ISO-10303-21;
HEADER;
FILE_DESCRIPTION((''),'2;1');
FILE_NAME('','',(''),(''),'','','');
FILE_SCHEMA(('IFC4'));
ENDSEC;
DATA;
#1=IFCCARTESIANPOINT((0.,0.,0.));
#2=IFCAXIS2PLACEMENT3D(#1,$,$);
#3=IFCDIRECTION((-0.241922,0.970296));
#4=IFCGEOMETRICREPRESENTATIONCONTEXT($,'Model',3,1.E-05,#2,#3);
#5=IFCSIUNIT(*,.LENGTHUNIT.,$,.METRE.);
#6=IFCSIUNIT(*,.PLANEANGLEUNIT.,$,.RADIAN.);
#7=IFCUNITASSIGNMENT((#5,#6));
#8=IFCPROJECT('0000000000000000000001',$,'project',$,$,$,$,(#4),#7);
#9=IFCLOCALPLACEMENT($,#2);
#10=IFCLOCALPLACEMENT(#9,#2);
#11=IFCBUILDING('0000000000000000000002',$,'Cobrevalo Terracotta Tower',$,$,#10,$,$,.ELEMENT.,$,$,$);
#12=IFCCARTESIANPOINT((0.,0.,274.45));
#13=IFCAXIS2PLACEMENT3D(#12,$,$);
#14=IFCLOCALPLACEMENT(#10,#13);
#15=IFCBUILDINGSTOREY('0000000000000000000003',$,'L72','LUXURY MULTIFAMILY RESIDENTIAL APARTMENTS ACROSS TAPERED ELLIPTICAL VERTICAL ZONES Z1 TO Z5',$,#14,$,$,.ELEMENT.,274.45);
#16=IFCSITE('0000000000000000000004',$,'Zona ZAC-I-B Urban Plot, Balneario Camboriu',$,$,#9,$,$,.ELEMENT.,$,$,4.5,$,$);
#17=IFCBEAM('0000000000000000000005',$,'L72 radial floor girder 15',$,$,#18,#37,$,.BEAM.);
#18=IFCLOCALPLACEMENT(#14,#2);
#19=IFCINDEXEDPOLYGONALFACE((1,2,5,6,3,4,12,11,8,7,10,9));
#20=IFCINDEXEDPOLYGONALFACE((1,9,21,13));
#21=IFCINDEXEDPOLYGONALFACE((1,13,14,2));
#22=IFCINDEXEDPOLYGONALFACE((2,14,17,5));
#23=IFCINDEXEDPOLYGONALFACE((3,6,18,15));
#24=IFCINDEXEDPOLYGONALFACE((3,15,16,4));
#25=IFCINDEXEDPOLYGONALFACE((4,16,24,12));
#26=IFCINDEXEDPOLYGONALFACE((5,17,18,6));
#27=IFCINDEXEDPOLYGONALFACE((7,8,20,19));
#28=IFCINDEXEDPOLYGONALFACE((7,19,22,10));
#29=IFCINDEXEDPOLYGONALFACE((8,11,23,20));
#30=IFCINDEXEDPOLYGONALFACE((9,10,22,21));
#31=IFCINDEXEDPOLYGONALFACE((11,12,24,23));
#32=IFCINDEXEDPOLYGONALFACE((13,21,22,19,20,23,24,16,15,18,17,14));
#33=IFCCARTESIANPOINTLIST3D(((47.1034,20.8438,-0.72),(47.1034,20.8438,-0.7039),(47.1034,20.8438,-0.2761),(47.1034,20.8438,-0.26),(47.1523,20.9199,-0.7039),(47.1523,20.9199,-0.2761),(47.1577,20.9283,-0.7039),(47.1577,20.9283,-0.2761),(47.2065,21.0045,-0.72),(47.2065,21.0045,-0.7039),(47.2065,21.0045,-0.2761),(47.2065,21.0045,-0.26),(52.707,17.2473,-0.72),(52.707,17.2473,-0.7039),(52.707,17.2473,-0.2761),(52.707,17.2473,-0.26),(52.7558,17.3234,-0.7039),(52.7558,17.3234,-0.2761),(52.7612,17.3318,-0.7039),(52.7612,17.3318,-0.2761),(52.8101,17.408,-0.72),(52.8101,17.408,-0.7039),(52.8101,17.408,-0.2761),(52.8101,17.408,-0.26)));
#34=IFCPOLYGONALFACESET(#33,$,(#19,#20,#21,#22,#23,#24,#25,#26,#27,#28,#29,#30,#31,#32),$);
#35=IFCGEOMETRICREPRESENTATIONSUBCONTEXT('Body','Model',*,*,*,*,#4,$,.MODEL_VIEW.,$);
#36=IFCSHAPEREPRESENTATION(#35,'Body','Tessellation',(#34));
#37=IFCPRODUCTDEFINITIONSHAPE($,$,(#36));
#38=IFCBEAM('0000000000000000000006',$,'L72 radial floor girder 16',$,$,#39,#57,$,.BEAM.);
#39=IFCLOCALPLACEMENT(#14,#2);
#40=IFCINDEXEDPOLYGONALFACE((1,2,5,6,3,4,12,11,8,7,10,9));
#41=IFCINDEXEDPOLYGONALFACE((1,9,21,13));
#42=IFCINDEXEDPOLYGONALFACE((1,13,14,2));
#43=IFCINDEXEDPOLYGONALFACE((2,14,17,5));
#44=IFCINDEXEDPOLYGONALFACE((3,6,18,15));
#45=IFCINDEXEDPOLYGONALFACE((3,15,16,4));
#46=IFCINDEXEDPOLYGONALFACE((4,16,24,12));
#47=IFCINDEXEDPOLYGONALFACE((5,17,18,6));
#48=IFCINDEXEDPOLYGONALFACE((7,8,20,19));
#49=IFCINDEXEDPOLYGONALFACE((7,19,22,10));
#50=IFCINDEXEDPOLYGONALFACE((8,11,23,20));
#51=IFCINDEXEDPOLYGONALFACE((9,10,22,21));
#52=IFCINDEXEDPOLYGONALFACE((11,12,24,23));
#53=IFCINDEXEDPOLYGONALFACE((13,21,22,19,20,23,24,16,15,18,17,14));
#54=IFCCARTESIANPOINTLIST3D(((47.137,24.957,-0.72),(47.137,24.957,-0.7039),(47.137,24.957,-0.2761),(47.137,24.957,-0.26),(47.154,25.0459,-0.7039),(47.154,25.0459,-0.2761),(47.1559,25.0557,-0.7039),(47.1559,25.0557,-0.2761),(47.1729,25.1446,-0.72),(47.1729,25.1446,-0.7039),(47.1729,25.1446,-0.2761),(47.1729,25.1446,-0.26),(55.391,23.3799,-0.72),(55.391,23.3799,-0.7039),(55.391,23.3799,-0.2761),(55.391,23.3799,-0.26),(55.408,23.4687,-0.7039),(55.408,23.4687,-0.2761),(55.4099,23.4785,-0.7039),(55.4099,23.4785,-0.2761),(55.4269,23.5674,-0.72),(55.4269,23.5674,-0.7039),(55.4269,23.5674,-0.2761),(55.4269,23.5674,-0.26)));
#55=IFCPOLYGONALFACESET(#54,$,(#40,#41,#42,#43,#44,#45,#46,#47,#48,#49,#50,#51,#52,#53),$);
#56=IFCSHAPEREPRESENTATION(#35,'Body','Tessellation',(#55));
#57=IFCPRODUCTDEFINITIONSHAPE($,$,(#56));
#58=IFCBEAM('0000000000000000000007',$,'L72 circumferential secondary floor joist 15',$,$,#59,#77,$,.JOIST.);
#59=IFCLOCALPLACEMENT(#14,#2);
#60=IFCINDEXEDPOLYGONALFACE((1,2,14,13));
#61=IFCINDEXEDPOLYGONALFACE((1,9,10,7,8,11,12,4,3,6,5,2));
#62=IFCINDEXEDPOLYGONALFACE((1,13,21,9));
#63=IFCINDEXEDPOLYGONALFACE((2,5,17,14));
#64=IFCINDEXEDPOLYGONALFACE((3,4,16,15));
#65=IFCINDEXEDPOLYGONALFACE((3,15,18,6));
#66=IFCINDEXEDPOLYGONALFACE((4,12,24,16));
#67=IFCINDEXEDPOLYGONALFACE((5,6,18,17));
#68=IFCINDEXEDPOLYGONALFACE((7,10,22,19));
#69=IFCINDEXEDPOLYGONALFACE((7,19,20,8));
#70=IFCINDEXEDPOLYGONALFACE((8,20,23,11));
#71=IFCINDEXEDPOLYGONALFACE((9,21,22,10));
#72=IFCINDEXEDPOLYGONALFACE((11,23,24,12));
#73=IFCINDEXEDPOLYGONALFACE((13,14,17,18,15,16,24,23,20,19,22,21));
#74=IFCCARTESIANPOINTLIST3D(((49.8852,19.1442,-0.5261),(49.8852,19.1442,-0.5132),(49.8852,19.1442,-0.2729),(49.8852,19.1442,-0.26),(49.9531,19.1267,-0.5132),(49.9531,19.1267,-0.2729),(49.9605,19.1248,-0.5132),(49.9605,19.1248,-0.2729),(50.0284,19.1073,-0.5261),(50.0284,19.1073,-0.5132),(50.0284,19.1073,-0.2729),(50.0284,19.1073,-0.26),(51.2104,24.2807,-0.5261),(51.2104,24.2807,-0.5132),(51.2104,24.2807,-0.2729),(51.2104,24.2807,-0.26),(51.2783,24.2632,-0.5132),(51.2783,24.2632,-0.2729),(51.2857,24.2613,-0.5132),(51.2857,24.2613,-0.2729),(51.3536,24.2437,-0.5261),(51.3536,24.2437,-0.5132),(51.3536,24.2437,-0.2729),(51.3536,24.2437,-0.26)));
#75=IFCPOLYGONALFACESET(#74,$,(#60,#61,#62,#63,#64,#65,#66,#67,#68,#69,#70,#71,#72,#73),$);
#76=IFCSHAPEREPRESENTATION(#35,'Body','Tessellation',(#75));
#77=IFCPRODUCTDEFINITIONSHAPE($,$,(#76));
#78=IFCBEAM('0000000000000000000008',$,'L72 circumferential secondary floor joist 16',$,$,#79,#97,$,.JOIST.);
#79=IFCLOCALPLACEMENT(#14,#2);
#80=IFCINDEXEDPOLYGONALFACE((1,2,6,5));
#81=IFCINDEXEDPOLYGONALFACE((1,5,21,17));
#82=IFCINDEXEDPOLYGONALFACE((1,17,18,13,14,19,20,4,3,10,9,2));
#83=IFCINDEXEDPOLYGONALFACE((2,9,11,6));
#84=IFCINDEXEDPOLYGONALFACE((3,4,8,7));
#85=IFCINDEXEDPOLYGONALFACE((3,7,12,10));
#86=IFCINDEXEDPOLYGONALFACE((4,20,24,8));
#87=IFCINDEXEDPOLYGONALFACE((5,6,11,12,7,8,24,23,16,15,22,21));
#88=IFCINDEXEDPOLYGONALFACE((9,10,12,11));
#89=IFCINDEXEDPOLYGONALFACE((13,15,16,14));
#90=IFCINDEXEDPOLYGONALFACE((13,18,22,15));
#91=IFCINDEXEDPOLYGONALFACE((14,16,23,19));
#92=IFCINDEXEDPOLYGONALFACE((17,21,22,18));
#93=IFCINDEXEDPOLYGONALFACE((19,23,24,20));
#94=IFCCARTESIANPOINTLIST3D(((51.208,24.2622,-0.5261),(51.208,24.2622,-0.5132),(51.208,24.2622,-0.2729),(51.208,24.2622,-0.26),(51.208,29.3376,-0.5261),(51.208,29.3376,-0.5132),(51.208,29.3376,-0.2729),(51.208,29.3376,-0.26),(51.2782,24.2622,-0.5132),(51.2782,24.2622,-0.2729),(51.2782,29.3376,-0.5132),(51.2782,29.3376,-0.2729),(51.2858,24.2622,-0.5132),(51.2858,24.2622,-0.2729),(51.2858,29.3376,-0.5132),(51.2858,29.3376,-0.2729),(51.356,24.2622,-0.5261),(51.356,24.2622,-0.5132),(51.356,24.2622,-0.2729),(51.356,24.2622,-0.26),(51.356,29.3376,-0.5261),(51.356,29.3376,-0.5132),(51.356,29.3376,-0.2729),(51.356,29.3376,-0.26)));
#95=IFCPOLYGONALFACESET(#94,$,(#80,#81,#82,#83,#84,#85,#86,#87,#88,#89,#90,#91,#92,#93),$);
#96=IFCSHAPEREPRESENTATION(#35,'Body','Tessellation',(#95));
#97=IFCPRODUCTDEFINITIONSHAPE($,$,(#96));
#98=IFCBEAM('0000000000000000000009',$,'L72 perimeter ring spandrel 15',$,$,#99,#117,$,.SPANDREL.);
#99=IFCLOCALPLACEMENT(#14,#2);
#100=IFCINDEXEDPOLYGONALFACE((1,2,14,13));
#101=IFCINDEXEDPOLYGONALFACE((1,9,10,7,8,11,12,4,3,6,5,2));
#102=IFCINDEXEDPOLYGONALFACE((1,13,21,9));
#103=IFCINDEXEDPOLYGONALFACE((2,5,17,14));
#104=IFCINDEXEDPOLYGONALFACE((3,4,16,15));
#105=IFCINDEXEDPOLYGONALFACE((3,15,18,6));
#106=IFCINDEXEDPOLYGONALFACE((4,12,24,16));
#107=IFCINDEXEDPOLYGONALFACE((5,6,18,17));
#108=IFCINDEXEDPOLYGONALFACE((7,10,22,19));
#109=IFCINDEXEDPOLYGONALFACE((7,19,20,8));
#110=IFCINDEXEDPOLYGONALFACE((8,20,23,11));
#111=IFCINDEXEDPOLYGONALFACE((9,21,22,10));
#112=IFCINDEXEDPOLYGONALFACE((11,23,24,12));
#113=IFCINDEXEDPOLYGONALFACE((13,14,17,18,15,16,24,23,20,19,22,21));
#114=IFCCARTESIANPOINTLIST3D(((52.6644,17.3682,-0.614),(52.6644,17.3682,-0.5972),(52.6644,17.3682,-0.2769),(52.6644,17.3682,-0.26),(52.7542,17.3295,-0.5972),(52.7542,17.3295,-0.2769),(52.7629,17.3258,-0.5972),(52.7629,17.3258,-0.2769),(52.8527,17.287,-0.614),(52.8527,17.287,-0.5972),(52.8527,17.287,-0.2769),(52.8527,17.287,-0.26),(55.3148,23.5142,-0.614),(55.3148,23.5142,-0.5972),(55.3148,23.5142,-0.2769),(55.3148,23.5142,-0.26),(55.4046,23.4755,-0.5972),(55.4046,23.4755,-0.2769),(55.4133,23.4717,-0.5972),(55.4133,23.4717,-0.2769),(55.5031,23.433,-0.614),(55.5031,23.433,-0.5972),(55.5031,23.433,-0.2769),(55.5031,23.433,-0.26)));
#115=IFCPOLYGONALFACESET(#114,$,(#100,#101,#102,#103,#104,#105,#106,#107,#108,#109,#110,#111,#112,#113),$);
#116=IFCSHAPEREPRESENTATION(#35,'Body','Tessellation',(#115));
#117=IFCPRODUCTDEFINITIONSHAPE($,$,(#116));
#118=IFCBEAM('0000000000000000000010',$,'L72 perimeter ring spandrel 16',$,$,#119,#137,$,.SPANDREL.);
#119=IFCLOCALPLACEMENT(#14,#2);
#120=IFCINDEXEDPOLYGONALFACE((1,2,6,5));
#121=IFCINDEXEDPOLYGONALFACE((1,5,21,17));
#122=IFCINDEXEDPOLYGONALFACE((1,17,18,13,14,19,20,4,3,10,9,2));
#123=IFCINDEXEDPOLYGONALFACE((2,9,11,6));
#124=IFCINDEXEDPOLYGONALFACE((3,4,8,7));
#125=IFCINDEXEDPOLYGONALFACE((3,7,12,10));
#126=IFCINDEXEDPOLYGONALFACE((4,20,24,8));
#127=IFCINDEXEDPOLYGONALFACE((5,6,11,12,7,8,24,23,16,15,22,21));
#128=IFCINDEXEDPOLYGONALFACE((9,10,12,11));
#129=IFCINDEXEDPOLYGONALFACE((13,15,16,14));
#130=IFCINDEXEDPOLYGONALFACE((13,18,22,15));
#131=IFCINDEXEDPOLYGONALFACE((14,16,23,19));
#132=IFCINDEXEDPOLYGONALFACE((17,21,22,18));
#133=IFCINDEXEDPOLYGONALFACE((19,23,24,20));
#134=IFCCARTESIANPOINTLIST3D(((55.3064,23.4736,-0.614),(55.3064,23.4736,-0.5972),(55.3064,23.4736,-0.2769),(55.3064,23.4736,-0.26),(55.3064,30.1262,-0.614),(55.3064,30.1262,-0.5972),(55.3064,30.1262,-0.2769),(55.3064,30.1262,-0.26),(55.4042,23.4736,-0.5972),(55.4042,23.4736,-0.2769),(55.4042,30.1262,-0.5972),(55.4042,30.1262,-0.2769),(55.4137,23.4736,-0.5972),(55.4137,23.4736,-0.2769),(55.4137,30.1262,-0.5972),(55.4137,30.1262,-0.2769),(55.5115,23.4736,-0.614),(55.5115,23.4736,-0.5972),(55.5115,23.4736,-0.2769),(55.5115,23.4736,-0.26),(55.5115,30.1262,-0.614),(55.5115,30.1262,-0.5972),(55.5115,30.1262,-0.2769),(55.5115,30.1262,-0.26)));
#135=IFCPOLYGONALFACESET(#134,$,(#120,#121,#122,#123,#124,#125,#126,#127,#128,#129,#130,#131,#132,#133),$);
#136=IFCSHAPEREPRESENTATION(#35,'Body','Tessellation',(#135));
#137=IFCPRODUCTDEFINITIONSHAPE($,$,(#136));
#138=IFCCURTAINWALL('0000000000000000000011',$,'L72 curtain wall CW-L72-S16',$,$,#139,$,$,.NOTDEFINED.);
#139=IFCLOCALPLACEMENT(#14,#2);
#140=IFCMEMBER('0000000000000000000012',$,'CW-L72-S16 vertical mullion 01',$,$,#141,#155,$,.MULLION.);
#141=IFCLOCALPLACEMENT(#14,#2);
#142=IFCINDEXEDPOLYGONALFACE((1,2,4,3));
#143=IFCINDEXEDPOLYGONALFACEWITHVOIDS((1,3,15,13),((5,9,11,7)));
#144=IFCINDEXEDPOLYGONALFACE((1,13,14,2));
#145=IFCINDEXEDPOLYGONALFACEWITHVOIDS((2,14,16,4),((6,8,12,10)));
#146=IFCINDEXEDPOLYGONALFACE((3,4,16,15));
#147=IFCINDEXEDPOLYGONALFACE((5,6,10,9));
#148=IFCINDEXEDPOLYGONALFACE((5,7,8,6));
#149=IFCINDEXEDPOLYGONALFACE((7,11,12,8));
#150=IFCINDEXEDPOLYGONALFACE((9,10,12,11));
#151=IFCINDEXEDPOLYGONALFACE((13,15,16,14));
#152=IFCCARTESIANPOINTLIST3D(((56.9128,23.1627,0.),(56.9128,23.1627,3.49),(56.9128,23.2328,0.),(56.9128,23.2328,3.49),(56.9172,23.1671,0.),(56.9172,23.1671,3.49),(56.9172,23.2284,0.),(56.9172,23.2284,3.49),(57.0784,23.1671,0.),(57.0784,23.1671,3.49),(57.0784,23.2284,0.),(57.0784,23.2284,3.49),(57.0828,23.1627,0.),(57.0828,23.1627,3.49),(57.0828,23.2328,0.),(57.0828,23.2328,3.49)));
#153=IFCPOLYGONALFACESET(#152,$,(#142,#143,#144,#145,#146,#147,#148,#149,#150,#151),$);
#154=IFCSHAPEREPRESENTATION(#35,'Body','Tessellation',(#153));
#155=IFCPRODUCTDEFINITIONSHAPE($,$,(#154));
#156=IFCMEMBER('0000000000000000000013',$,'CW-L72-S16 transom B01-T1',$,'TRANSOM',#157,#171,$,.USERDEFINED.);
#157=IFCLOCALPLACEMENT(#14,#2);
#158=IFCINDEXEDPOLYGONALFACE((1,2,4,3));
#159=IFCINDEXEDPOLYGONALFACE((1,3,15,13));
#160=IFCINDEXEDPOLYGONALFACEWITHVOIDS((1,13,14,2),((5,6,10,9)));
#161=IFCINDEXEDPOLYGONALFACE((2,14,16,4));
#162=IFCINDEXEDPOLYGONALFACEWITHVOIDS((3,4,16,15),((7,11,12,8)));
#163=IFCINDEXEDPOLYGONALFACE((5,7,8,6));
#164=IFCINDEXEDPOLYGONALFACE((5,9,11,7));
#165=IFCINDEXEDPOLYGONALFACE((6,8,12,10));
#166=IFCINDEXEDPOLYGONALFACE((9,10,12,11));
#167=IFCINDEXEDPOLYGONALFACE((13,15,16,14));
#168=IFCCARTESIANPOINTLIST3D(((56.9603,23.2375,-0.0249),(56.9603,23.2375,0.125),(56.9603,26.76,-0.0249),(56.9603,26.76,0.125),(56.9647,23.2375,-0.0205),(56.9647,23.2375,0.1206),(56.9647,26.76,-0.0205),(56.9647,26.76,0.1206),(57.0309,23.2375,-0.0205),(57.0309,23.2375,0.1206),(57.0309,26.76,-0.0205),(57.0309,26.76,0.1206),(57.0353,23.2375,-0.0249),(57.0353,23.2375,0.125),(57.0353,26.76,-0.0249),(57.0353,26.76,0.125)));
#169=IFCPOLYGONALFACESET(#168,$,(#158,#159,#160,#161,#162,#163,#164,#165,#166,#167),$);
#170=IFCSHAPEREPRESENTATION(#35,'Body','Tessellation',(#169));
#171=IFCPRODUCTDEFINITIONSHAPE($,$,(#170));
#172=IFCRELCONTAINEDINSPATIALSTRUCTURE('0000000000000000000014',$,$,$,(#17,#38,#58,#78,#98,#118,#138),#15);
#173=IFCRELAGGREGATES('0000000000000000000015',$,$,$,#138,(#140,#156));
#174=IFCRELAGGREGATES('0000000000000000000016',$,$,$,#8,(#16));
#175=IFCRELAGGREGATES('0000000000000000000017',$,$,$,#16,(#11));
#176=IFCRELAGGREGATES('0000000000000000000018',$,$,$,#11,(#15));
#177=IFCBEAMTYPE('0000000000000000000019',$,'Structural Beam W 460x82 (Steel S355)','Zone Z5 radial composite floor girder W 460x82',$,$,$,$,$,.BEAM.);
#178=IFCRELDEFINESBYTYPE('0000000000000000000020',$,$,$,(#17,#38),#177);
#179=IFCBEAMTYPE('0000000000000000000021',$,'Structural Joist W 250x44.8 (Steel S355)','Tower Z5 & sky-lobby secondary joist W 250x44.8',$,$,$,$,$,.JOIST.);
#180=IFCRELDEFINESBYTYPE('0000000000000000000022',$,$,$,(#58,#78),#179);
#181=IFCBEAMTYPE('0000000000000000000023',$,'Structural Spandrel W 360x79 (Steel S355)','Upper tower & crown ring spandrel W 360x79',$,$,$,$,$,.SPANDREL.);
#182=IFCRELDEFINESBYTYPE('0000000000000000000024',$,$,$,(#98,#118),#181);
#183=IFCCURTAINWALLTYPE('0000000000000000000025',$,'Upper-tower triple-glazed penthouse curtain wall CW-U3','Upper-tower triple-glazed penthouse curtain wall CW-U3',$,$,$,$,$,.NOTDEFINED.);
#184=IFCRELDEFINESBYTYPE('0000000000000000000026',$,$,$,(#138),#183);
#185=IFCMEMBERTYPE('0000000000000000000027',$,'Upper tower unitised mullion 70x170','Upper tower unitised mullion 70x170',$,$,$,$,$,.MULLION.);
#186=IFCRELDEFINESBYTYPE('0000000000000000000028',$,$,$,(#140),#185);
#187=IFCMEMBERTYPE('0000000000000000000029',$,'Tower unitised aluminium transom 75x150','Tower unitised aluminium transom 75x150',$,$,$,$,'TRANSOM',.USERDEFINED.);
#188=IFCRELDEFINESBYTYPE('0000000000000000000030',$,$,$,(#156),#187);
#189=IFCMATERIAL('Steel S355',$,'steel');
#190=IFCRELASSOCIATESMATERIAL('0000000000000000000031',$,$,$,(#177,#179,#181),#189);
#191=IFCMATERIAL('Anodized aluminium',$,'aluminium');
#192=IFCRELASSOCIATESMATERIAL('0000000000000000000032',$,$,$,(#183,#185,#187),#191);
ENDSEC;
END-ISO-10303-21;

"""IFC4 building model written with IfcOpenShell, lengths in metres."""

from ifc_helpers import new_model, si_unit, direction, frame, origin, origin_2d, place, context, subcontext, project, spatial, hollow_rectangle, i_section, extrude, source, transform, mapped, material, material_profile, profile_set, type_object, element, aggregate, save


model = new_model("IFC4")

# Units and contexts
model_context = context("Model", 3, precision=1e-05, world=origin(), true_north=direction((-0.241922, 0.970296)))
body_context = subcontext(model_context, "Body", "Model", "MODEL_VIEW")
ifc_project = project(units=[si_unit("LENGTHUNIT", "METRE"), si_unit("PLANEANGLEUNIT", "RADIAN")], contexts=[model_context])

# Site, building, storey
site_placement = place(None, origin())
site = spatial("IfcSite", under=ifc_project, at=site_placement, Name="Zona ZAC-I-B Urban Plot, Balneario Camboriu", CompositionType="ELEMENT", RefElevation=4.5)
building_placement = place(site_placement, origin())
building = spatial("IfcBuilding", under=site, at=building_placement, Name="Cobrevalo Terracotta Tower", CompositionType="ELEMENT")
storey_placement = place(building_placement, frame((0.0, 0.0, 274.45)))
storey = spatial("IfcBuildingStorey", under=building, at=storey_placement, Name="L72", Description="LUXURY MULTIFAMILY RESIDENTIAL APARTMENTS ACROSS TAPERED ELLIPTICAL VERTICAL ZONES Z1 TO Z5", CompositionType="ELEMENT", Elevation=274.45)

# Shared definitions
ifc_material_1 = material(Name="Steel S355", Category="steel")

# Beams
ifc_material_profile_1 = material_profile(ifc_material_1, i_section(OverallWidth=0.1909, OverallDepth=0.46, WebThickness=0.01, FlangeThickness=0.0161, at=origin_2d()), Name="W 460x82")
ifc_profile_set_1 = profile_set([ifc_material_profile_1], Name="Steel S355")
beam_type_1 = type_object("IfcBeamType", Name="Structural Beam W 460x82 (Steel S355)", Description="Zone Z5 radial composite floor girder W 460x82", PredefinedType="BEAM", material=ifc_profile_set_1)
beam_1_placement = place(storey_placement, frame((52.7585, 17.3276, -0.49), z_axis=(-0.841576, 0.540138, 0.0), x_axis=(-0.540138, -0.841576, 0.0)))
element("IfcBeam", 1, at=beam_1_placement, inside=storey, type_object=beam_type_1, Name="L72 radial floor girder 15", PredefinedType="BEAM", context=body_context, shape_type="SweptSolid", body=[
    extrude(i_section(OverallWidth=0.1909, OverallDepth=0.46, WebThickness=0.01, FlangeThickness=0.0161, at=origin_2d()), origin(), (0.0, 0.0, 1.0), 6.6584),
])
beam_2_placement = place(storey_placement, frame((55.4089, 23.4736, -0.49), z_axis=(-0.98223, 0.187683, 0.0), x_axis=(-0.187683, -0.98223, 0.0)))
element("IfcBeam", 2, at=beam_2_placement, inside=storey, type_object=beam_type_1, Name="L72 radial floor girder 16", PredefinedType="BEAM", context=body_context, shape_type="SweptSolid", body=[
    extrude(i_section(OverallWidth=0.1909, OverallDepth=0.46, WebThickness=0.01, FlangeThickness=0.0161, at=origin_2d()), origin(), (0.0, 0.0, 1.0), 8.4033),
])
ifc_material_profile_2 = material_profile(ifc_material_1, i_section(OverallWidth=0.1479, OverallDepth=0.2661, WebThickness=0.0076, FlangeThickness=0.0129, at=origin_2d()), Name="W 250x44.8")
ifc_profile_set_2 = profile_set([ifc_material_profile_2], Name="Steel S355")
beam_type_2 = type_object("IfcBeamType", Name="Structural Joist W 250x44.8 (Steel S355)", Description="Tower Z5 & sky-lobby secondary joist W 250x44.8", PredefinedType="JOIST", material=ifc_profile_set_2)
beam_3_placement = place(storey_placement, frame((49.9568, 19.1257, -0.3931), z_axis=(0.249817, 0.968293, 0.0), x_axis=(-0.968293, 0.249817, 0.0)))
element("IfcBeam", 3, at=beam_3_placement, inside=storey, type_object=beam_type_2, Name="L72 circumferential secondary floor joist 15", PredefinedType="JOIST", context=body_context, shape_type="SweptSolid", body=[
    extrude(i_section(OverallWidth=0.1479, OverallDepth=0.2661, WebThickness=0.0076, FlangeThickness=0.0129, at=origin_2d()), origin(), (0.0, 0.0, 1.0), 5.3047),
])
beam_4_placement = place(storey_placement, frame((51.282, 24.2622, -0.3931), z_axis=(0.0, 1.0, 0.0), x_axis=(-1.0, 0.0, 0.0)))
element("IfcBeam", 4, at=beam_4_placement, inside=storey, type_object=beam_type_2, Name="L72 circumferential secondary floor joist 16", PredefinedType="JOIST", context=body_context, shape_type="SweptSolid", body=[
    extrude(i_section(OverallWidth=0.1479, OverallDepth=0.2661, WebThickness=0.0076, FlangeThickness=0.0129, at=origin_2d()), origin(), (0.0, 0.0, 1.0), 5.0754),
])
ifc_material_profile_3 = material_profile(ifc_material_1, i_section(OverallWidth=0.2051, OverallDepth=0.354, WebThickness=0.0095, FlangeThickness=0.0168, at=origin_2d()), Name="W 360x79")
ifc_profile_set_3 = profile_set([ifc_material_profile_3], Name="Steel S355")
beam_type_3 = type_object("IfcBeamType", Name="Structural Spandrel W 360x79 (Steel S355)", Description="Upper tower & crown ring spandrel W 360x79", PredefinedType="SPANDREL", material=ifc_profile_set_3)
beam_5_placement = place(storey_placement, frame((52.7585, 17.3276, -0.437), z_axis=(0.395987, 0.918256, 0.0), x_axis=(-0.918256, 0.395987, 0.0)))
element("IfcBeam", 5, at=beam_5_placement, inside=storey, type_object=beam_type_3, Name="L72 perimeter ring spandrel 15", PredefinedType="SPANDREL", context=body_context, shape_type="SweptSolid", body=[
    extrude(i_section(OverallWidth=0.2051, OverallDepth=0.354, WebThickness=0.0095, FlangeThickness=0.0168, at=origin_2d()), origin(), (0.0, 0.0, 1.0), 6.6931),
])
beam_6_placement = place(storey_placement, frame((55.4089, 23.4736, -0.437), z_axis=(0.0, 1.0, 0.0), x_axis=(-1.0, 0.0, 0.0)))
element("IfcBeam", 6, at=beam_6_placement, inside=storey, type_object=beam_type_3, Name="L72 perimeter ring spandrel 16", PredefinedType="SPANDREL", context=body_context, shape_type="SweptSolid", body=[
    extrude(i_section(OverallWidth=0.2051, OverallDepth=0.354, WebThickness=0.0095, FlangeThickness=0.0168, at=origin_2d()), origin(), (0.0, 0.0, 1.0), 6.6526),
])

# Curtain wall, members
ifc_material_2 = material(Name="Anodized aluminium", Category="aluminium")
curtain_wall_type = type_object("IfcCurtainWallType", Name="Upper-tower triple-glazed penthouse curtain wall CW-U3", Description="Upper-tower triple-glazed penthouse curtain wall CW-U3", PredefinedType="NOTDEFINED", material=ifc_material_2)
curtain_wall_placement = place(storey_placement, origin())
curtain_wall = element("IfcCurtainWall", 7, at=curtain_wall_placement, inside=storey, type_object=curtain_wall_type, Name="L72 curtain wall CW-L72-S16", PredefinedType="NOTDEFINED")
ifc_material_profile_4 = material_profile(ifc_material_2, hollow_rectangle(XDim=0.0701, YDim=0.1699, WallThickness=0.0044, at=origin_2d()), Name="CWM 70x170")
ifc_profile_set_4 = profile_set([ifc_material_profile_4], Name="Anodized aluminium")
member_type_1 = type_object("IfcMemberType", Name="Upper tower unitised mullion 70x170", Description="Upper tower unitised mullion 70x170", PredefinedType="MULLION", material=ifc_profile_set_4)
shared_shape_1 = source(origin(), body_context, "Body", "SweptSolid", [
    extrude(hollow_rectangle(XDim=0.0701, YDim=0.1699, WallThickness=0.0044, at=origin_2d()), origin(), (0.0, 0.0, 1.0), 3.49),
])
member_1_placement = place(storey_placement, frame((56.9978, 23.1978, 0.0), z_axis=(0.0, 0.0, 1.0), x_axis=(0.0, 1.0, 0.0)))
member_1 = element("IfcMember", 8, at=member_1_placement, type_object=member_type_1, Name="CW-L72-S16 vertical mullion 01", PredefinedType="MULLION", context=body_context, shape_type="MappedRepresentation", body=[
    mapped(shared_shape_1, transform((0.0, 0.0, 0.0), scale=1.0)),
])
ifc_material_profile_5 = material_profile(ifc_material_2, hollow_rectangle(XDim=0.075, YDim=0.1499, WallThickness=0.0044, at=origin_2d()), Name="CWT 75x150")
ifc_profile_set_5 = profile_set([ifc_material_profile_5], Name="Anodized aluminium")
member_type_2 = type_object("IfcMemberType", Name="Tower unitised aluminium transom 75x150", Description="Tower unitised aluminium transom 75x150", ElementType="TRANSOM", PredefinedType="USERDEFINED", material=ifc_profile_set_5)
shared_shape_2 = source(origin(), body_context, "Body", "SweptSolid", [
    extrude(hollow_rectangle(XDim=0.075, YDim=0.1499, WallThickness=0.0044, at=origin_2d()), origin(), (0.0, 0.0, 1.0), 3.5225),
])
member_2_placement = place(storey_placement, frame((56.9978, 23.2375, 0.05), z_axis=(0.0, 1.0, 0.0), x_axis=(-1.0, 0.0, 0.0)))
member_2 = element("IfcMember", 9, at=member_2_placement, type_object=member_type_2, Name="CW-L72-S16 transom B01-T1", ObjectType="TRANSOM", PredefinedType="USERDEFINED", context=body_context, shape_type="MappedRepresentation", body=[
    mapped(shared_shape_2, transform((0.0, 0.0, 0.0), scale=1.0)),
])
aggregate(curtain_wall, [member_1, member_2])

save(model, "model.ifc")
